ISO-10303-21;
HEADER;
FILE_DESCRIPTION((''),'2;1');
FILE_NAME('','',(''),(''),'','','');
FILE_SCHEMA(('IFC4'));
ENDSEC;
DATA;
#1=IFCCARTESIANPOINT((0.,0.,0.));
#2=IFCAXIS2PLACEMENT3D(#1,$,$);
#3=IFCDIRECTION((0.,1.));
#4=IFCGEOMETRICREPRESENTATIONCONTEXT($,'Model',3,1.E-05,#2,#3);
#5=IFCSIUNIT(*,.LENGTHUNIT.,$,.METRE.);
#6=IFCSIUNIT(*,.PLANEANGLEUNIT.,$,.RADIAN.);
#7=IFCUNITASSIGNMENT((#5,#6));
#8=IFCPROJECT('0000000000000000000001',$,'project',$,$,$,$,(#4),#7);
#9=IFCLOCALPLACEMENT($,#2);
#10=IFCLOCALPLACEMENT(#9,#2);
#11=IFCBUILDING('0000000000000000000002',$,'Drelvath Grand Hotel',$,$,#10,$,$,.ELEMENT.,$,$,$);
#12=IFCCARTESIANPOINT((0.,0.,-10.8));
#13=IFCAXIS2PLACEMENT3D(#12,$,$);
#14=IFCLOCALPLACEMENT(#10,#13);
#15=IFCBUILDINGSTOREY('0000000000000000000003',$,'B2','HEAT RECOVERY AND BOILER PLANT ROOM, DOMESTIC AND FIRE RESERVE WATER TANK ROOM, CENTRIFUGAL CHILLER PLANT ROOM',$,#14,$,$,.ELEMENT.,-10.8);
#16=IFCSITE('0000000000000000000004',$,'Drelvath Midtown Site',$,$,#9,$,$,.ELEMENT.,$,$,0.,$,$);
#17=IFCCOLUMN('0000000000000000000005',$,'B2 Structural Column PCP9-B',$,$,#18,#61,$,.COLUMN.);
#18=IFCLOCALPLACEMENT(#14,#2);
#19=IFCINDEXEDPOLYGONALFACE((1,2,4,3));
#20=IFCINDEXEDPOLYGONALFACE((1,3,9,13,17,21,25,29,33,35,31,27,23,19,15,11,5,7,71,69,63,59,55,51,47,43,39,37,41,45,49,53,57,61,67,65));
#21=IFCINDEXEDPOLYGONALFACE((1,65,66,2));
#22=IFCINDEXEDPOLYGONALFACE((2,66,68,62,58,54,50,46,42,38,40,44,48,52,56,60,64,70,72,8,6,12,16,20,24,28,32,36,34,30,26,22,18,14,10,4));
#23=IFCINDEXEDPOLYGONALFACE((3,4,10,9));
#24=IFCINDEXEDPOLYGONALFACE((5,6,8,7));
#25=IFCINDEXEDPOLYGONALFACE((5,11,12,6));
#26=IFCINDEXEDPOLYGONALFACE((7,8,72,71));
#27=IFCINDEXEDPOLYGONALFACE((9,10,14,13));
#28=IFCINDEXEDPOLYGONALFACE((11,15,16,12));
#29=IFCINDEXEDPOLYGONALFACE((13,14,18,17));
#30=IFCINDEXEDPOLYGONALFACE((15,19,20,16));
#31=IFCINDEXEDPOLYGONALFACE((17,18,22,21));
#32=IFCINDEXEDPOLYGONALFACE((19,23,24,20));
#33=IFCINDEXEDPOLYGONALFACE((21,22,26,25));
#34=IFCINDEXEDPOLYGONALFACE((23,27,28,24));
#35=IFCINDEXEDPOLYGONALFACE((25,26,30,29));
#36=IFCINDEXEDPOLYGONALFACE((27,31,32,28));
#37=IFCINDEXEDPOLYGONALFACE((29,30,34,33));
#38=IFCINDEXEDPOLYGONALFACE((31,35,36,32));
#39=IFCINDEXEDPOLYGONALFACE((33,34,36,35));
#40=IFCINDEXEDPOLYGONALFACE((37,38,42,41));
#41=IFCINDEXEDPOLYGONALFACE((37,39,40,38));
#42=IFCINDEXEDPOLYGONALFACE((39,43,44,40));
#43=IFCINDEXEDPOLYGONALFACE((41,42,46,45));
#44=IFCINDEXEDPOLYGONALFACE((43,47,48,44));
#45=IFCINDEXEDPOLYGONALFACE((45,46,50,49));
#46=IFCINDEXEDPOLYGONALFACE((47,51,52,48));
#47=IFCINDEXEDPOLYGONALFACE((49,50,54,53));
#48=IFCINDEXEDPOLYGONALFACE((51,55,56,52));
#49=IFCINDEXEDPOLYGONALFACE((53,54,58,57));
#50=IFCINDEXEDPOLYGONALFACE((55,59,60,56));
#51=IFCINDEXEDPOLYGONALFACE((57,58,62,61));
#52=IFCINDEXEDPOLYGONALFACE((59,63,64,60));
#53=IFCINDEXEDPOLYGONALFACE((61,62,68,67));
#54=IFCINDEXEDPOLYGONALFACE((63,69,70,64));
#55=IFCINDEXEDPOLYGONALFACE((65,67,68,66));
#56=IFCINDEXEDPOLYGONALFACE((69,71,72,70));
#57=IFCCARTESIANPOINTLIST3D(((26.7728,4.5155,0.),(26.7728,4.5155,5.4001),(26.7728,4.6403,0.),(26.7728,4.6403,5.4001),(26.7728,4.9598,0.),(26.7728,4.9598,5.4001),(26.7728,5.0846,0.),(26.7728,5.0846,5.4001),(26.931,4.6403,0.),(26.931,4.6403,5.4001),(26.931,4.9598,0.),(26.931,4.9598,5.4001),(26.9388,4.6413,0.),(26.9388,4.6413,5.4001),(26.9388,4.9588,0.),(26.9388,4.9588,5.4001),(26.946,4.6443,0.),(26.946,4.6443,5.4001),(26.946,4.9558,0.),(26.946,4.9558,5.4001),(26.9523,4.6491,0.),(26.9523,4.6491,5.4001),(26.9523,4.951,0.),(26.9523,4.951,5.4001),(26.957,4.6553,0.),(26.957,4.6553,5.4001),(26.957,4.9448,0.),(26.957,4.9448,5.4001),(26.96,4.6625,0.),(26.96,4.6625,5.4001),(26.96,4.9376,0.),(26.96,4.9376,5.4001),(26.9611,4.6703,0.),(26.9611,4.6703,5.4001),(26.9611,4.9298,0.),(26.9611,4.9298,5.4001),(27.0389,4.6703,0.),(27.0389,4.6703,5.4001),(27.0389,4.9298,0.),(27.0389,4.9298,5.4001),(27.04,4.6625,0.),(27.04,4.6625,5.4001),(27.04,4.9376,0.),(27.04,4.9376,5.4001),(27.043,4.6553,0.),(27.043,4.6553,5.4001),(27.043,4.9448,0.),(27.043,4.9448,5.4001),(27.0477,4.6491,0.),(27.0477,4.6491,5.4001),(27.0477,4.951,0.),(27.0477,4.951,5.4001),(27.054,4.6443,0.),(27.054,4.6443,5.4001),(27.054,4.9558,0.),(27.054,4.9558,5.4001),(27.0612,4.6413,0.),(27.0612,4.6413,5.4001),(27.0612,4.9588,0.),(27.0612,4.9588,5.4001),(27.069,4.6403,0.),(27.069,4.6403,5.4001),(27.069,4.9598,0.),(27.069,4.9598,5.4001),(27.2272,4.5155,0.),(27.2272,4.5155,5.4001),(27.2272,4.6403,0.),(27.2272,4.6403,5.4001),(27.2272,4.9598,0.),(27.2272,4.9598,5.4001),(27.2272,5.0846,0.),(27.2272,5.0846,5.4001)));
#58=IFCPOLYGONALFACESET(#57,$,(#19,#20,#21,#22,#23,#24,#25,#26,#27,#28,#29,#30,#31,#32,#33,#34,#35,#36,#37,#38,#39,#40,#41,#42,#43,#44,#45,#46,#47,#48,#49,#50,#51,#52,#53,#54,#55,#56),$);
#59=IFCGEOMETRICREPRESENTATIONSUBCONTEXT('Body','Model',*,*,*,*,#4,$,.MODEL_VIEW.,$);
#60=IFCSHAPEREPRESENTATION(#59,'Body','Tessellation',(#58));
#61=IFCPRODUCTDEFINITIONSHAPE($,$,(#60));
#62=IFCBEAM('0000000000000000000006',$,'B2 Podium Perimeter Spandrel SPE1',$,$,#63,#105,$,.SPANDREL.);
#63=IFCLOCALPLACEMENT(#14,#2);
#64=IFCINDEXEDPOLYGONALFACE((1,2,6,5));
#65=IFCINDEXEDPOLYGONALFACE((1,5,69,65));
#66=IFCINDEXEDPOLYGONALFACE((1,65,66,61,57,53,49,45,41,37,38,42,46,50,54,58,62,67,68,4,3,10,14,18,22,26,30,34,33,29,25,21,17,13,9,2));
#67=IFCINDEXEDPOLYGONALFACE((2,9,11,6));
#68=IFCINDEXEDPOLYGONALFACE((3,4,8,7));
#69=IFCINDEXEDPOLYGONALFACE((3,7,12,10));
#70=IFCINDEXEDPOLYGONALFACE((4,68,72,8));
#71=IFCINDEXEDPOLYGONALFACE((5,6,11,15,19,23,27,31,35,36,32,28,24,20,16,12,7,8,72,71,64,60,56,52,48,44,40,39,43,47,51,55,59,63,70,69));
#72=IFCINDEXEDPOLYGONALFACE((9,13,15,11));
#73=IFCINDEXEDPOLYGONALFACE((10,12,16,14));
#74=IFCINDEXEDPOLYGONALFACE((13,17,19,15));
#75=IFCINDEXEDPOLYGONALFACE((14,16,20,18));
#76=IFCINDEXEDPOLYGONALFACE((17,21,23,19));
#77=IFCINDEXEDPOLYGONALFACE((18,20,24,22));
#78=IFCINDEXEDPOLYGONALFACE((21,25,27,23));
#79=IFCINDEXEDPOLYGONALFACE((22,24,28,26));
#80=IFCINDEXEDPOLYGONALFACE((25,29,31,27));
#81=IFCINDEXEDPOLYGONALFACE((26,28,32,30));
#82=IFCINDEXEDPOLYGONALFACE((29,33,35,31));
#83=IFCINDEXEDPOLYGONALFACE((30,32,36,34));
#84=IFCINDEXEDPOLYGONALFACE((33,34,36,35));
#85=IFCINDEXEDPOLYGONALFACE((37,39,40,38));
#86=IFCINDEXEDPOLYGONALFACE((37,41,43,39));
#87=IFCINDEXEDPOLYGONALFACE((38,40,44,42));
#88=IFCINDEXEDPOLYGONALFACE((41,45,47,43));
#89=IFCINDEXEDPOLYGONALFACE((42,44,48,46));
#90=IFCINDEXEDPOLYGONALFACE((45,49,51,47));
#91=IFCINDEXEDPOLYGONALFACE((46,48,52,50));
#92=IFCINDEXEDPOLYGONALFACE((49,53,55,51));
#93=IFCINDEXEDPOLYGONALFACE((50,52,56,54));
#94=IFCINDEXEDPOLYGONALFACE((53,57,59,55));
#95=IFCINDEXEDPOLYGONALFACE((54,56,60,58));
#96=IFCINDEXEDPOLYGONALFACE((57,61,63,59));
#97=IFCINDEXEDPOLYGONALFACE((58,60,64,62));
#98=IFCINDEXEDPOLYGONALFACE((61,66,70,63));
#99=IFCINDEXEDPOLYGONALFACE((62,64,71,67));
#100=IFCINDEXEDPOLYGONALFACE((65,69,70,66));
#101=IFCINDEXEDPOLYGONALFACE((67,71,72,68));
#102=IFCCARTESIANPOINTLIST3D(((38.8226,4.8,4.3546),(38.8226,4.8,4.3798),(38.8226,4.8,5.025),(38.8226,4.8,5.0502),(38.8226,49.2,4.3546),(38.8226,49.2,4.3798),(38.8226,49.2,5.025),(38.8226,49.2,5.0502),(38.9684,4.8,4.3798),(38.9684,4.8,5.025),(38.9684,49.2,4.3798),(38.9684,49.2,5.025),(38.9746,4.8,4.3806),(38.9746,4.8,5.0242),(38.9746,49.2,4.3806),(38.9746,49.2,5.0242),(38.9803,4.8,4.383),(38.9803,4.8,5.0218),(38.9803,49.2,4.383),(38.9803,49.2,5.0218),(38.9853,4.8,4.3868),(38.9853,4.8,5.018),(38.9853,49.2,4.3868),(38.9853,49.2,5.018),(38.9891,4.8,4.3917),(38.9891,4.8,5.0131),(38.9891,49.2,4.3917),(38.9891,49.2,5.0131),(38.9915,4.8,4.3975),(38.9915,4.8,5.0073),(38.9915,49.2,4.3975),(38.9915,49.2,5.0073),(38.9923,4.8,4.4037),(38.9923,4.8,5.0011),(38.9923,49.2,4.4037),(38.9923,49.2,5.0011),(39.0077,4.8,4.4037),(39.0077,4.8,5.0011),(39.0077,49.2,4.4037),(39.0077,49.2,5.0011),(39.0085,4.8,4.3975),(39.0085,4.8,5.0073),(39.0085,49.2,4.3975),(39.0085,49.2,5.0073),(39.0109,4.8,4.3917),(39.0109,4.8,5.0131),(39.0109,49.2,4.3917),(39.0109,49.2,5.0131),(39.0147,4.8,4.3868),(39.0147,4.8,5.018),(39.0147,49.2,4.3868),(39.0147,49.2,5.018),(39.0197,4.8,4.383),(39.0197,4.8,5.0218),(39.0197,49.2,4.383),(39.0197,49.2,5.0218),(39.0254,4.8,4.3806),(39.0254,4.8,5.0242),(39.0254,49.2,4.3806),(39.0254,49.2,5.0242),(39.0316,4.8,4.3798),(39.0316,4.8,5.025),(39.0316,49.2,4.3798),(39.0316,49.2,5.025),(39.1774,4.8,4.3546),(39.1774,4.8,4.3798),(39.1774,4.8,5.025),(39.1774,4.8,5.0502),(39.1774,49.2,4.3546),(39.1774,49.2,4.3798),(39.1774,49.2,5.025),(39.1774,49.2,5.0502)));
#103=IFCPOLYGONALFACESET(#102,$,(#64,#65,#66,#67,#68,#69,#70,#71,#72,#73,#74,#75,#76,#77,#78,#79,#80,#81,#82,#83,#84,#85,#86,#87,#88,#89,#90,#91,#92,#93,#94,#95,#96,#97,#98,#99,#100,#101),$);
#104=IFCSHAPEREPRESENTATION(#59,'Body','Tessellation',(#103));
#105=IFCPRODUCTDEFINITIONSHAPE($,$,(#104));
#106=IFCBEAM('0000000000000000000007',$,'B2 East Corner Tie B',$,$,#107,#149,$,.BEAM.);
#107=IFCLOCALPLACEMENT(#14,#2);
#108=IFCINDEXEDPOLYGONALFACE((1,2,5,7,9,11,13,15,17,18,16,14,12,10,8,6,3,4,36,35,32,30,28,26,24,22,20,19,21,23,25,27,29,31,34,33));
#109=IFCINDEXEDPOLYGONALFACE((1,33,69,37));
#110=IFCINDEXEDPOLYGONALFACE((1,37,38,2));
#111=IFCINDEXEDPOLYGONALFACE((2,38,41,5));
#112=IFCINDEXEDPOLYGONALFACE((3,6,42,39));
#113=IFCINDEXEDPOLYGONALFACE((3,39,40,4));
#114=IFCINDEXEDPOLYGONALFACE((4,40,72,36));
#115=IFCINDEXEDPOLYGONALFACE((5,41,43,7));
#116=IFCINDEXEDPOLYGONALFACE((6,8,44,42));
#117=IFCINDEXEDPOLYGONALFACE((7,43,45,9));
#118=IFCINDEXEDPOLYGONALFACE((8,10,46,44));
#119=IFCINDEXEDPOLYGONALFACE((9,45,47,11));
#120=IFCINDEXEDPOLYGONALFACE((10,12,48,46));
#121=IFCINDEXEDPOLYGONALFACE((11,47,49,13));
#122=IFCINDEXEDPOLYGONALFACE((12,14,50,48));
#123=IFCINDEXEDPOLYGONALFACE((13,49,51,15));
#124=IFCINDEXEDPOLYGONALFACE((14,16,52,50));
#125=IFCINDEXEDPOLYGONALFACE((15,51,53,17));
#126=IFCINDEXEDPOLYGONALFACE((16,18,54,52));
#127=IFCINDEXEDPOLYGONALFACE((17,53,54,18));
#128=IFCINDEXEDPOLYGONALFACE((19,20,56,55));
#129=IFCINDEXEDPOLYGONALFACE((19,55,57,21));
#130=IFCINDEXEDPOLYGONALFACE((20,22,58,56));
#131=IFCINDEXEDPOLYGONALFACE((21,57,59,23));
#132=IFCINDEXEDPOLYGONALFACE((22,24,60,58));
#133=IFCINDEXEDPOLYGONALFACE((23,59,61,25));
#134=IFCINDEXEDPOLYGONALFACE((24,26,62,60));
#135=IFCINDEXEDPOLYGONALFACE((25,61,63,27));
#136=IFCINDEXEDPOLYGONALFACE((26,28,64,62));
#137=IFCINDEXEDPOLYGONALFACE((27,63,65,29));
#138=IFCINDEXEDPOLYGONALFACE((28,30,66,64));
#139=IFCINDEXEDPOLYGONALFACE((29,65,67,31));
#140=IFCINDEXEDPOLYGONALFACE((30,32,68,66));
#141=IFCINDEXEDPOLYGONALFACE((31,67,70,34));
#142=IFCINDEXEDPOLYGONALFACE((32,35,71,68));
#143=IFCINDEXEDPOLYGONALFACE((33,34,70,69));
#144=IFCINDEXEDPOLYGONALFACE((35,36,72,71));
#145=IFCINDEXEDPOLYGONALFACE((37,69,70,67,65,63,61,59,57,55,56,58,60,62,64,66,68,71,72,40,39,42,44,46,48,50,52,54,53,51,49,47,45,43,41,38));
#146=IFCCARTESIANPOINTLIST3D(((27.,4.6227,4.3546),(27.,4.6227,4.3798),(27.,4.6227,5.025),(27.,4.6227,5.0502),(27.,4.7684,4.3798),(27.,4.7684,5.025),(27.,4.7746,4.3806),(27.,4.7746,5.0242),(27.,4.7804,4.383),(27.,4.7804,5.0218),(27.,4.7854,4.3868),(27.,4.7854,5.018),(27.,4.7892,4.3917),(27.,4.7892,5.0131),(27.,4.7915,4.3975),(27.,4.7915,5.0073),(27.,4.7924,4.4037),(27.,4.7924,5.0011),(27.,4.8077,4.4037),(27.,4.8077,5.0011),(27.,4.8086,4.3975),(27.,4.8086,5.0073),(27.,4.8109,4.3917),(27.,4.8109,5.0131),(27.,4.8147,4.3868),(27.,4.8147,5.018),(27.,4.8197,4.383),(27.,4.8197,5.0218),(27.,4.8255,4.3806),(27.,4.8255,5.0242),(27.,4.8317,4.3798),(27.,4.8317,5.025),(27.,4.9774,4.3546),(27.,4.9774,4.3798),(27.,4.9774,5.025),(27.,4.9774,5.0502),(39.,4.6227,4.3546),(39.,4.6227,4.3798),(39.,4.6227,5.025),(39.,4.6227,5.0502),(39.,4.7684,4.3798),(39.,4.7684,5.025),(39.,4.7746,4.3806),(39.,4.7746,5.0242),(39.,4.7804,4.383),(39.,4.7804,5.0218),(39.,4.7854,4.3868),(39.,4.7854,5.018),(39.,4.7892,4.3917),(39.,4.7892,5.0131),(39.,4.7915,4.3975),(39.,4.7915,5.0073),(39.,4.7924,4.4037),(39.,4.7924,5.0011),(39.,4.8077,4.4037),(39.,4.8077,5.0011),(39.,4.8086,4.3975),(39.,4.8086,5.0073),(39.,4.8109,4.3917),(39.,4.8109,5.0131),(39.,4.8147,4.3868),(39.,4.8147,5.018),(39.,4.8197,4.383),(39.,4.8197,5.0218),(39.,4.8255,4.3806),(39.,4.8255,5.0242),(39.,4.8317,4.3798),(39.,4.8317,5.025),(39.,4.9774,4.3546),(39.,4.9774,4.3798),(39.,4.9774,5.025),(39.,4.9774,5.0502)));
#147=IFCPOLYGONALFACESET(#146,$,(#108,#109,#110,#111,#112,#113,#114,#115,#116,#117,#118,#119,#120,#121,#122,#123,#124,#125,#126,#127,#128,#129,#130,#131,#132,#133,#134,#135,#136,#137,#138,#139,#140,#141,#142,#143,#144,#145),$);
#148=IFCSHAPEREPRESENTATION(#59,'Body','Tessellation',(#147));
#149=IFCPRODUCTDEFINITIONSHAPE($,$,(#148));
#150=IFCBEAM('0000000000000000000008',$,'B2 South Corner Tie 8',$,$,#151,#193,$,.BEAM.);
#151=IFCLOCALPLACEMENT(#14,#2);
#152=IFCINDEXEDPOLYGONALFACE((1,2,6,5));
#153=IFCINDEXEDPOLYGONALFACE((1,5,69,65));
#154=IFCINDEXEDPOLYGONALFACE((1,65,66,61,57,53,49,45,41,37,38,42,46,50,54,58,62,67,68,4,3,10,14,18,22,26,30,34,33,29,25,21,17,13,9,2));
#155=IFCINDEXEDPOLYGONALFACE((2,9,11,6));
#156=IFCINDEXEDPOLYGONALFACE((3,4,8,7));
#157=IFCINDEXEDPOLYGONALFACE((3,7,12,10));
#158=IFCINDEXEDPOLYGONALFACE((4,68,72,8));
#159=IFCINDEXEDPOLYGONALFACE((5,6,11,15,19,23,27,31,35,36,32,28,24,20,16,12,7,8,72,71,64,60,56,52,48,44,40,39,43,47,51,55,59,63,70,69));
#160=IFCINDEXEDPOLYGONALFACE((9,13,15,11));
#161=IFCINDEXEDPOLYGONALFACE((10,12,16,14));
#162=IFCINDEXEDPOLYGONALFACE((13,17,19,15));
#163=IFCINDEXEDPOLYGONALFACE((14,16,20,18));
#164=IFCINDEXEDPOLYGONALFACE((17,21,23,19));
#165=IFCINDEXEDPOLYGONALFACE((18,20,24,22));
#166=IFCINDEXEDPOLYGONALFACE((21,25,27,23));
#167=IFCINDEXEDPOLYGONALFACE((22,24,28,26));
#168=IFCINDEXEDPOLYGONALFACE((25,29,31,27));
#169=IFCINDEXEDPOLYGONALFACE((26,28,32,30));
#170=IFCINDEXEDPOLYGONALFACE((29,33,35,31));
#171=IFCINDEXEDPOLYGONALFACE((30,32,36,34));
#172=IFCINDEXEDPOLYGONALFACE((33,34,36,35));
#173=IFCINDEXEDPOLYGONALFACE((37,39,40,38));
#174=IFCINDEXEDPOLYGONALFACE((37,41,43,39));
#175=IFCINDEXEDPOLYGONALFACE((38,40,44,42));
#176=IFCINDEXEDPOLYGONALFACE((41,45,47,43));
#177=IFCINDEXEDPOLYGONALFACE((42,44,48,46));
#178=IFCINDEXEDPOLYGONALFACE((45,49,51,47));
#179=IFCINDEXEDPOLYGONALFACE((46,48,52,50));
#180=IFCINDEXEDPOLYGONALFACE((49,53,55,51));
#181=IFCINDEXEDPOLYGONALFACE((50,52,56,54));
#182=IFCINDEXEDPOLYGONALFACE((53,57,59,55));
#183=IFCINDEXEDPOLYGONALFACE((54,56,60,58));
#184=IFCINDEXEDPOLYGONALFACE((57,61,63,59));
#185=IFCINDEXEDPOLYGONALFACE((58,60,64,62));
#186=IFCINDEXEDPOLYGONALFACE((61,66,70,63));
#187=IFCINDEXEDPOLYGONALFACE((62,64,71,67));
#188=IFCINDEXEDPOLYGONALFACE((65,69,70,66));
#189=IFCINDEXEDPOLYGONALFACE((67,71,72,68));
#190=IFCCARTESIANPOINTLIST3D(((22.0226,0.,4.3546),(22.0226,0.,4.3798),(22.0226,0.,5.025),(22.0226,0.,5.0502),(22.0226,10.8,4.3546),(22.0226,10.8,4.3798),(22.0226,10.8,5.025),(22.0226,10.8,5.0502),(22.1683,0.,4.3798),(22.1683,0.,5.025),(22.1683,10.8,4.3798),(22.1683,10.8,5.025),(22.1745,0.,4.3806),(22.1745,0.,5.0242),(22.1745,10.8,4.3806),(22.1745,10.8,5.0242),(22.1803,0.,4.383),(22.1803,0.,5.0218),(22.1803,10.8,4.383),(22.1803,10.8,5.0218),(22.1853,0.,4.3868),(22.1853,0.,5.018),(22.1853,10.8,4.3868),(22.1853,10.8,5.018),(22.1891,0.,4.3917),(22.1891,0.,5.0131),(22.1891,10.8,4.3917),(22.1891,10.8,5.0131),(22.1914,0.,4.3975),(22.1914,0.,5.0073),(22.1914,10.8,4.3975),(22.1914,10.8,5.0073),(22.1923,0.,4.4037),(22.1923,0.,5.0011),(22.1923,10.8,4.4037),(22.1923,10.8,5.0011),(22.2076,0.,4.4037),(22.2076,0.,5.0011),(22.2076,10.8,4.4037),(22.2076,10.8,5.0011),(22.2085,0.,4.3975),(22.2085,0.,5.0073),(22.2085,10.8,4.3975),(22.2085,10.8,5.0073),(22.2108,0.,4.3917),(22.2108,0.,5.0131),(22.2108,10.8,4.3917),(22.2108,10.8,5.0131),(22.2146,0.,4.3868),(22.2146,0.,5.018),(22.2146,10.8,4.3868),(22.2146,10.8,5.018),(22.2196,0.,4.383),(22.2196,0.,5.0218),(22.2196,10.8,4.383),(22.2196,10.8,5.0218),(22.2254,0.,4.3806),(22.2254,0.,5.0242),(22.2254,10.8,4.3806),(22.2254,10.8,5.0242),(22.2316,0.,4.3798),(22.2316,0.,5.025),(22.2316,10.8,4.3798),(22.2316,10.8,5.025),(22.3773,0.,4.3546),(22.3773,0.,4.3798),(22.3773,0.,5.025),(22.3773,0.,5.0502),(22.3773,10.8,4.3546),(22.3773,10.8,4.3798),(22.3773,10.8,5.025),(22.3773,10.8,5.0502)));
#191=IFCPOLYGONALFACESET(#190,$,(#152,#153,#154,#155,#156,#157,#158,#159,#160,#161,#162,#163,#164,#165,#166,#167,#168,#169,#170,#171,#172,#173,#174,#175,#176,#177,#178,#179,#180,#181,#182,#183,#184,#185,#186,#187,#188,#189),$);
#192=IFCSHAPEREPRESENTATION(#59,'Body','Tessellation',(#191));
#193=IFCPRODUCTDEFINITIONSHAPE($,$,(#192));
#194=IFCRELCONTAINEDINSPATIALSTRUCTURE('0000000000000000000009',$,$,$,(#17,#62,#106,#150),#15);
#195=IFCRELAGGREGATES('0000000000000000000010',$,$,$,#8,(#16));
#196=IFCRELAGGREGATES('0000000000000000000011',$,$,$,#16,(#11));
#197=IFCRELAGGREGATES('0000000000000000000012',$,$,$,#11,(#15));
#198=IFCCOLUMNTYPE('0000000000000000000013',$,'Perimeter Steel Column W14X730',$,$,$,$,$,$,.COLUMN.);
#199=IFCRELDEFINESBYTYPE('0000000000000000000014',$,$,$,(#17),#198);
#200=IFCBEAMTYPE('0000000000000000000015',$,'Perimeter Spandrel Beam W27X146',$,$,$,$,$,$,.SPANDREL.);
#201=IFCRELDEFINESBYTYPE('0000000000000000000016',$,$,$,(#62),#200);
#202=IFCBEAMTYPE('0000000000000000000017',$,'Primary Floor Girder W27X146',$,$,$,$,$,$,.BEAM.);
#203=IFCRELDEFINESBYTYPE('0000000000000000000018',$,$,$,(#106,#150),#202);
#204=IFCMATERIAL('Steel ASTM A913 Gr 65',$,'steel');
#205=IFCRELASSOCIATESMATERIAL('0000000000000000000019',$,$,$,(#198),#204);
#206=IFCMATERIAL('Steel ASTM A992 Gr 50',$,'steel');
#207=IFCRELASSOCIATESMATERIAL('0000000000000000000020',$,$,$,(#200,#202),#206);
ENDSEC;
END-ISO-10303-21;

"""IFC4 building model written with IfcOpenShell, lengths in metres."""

from ifc_helpers import new_model, si_unit, direction, frame, origin, origin_2d, place, context, subcontext, project, spatial, i_section, extrude, material, material_profile, profile_set, type_object, element, save


model = new_model("IFC4")

# Units and contexts
model_context = context("Model", 3, precision=1e-05, world=origin(), true_north=direction((0.0, 1.0)))
body_context = subcontext(model_context, "Body", "Model", "MODEL_VIEW")
ifc_project = project(units=[si_unit("LENGTHUNIT", "METRE"), si_unit("PLANEANGLEUNIT", "RADIAN")], contexts=[model_context])

# Site, building, storey
site_placement = place(None, origin())
site = spatial("IfcSite", under=ifc_project, at=site_placement, Name="Drelvath Midtown Site", CompositionType="ELEMENT", RefElevation=0.0)
building_placement = place(site_placement, origin())
building = spatial("IfcBuilding", under=site, at=building_placement, Name="Drelvath Grand Hotel", CompositionType="ELEMENT")
storey_placement = place(building_placement, frame((0.0, 0.0, -10.8)))
storey = spatial("IfcBuildingStorey", under=building, at=storey_placement, Name="B2", Description="HEAT RECOVERY AND BOILER PLANT ROOM, DOMESTIC AND FIRE RESERVE WATER TANK ROOM, CENTRIFUGAL CHILLER PLANT ROOM", CompositionType="ELEMENT", Elevation=-10.8)

# Column
ifc_material_1 = material(Name="Steel ASTM A913 Gr 65", Category="steel")
ifc_material_profile_1 = material_profile(ifc_material_1, i_section(OverallWidth=0.4543, OverallDepth=0.5691, WebThickness=0.0779, FlangeThickness=0.1248, FilletRadius=0.03, at=origin_2d()), Name="W14X730")
ifc_profile_set_1 = profile_set([ifc_material_profile_1], Name="Steel ASTM A913 Gr 65")
column_type_1 = type_object("IfcColumnType", Name="Perimeter Steel Column W14X730", PredefinedType="COLUMN", material=ifc_profile_set_1)
column_placement = place(storey_placement, frame((27.0, 4.8, 0.0), z_axis=(0.0, 0.0, 1.0), x_axis=(1.0, 0.0, 0.0)))
element("IfcColumn", 1, at=column_placement, inside=storey, type_object=column_type_1, Name="B2 Structural Column PCP9-B", PredefinedType="COLUMN", context=body_context, shape_type="SweptSolid", body=[
    extrude(i_section(OverallWidth=0.4543, OverallDepth=0.5691, WebThickness=0.0779, FlangeThickness=0.1248, FilletRadius=0.03, at=origin_2d()), origin(), (0.0, 0.0, 1.0), 5.4001),
])

# Beams
ifc_material_2 = material(Name="Steel ASTM A992 Gr 50", Category="steel")
ifc_material_profile_2 = material_profile(ifc_material_2, i_section(OverallWidth=0.3547, OverallDepth=0.6956, WebThickness=0.0154, FlangeThickness=0.0251, FilletRadius=0.0239, at=origin_2d()), Name="W27X146")
ifc_profile_set_2 = profile_set([ifc_material_profile_2], Name="Steel ASTM A992 Gr 50")
beam_type_1 = type_object("IfcBeamType", Name="Perimeter Spandrel Beam W27X146", PredefinedType="SPANDREL", material=ifc_profile_set_2)
beam_1_placement = place(storey_placement, frame((39.0, 4.8, 4.7024), z_axis=(0.0, 1.0, 0.0), x_axis=(-1.0, 0.0, 0.0)))
element("IfcBeam", 2, at=beam_1_placement, inside=storey, type_object=beam_type_1, Name="B2 Podium Perimeter Spandrel SPE1", PredefinedType="SPANDREL", context=body_context, shape_type="SweptSolid", body=[
    extrude(i_section(OverallWidth=0.3547, OverallDepth=0.6956, WebThickness=0.0154, FlangeThickness=0.0251, FilletRadius=0.0239, at=origin_2d()), origin(), (0.0, 0.0, 1.0), 44.3999),
])
ifc_material_profile_3 = material_profile(ifc_material_2, i_section(OverallWidth=0.3547, OverallDepth=0.6956, WebThickness=0.0154, FlangeThickness=0.0251, FilletRadius=0.0239, at=origin_2d()), Name="W27X146")
ifc_profile_set_3 = profile_set([ifc_material_profile_3], Name="Steel ASTM A992 Gr 50")
beam_type_2 = type_object("IfcBeamType", Name="Primary Floor Girder W27X146", PredefinedType="BEAM", material=ifc_profile_set_3)
beam_2_placement = place(storey_placement, frame((27.0, 4.8, 4.7024), z_axis=(1.0, 0.0, 0.0), x_axis=(0.0, 1.0, 0.0)))
element("IfcBeam", 3, at=beam_2_placement, inside=storey, type_object=beam_type_2, Name="B2 East Corner Tie B", PredefinedType="BEAM", context=body_context, shape_type="SweptSolid", body=[
    extrude(i_section(OverallWidth=0.3547, OverallDepth=0.6956, WebThickness=0.0154, FlangeThickness=0.0251, FilletRadius=0.0239, at=origin_2d()), origin(), (0.0, 0.0, 1.0), 12.0),
])
for number, where, z_axis, x_axis, name in (
    (4, (22.2, 0.0, 4.7024), (0.0, 1.0, 0.0), (-1.0, 0.0, 0.0), "B2 South Corner Tie 8"),
):
    element("IfcBeam", number, at=place(storey_placement, frame(where, z_axis=z_axis, x_axis=x_axis)), inside=storey, type_object=beam_type_2, Name=name, PredefinedType="BEAM", context=body_context, shape_type="SweptSolid", body=[
        extrude(i_section(OverallWidth=0.3547, OverallDepth=0.6956, WebThickness=0.0154, FlangeThickness=0.0251, FilletRadius=0.0239, at=origin_2d()), origin(), (0.0, 0.0, 1.0), 10.8),
    ])

save(model, "model.ifc")
